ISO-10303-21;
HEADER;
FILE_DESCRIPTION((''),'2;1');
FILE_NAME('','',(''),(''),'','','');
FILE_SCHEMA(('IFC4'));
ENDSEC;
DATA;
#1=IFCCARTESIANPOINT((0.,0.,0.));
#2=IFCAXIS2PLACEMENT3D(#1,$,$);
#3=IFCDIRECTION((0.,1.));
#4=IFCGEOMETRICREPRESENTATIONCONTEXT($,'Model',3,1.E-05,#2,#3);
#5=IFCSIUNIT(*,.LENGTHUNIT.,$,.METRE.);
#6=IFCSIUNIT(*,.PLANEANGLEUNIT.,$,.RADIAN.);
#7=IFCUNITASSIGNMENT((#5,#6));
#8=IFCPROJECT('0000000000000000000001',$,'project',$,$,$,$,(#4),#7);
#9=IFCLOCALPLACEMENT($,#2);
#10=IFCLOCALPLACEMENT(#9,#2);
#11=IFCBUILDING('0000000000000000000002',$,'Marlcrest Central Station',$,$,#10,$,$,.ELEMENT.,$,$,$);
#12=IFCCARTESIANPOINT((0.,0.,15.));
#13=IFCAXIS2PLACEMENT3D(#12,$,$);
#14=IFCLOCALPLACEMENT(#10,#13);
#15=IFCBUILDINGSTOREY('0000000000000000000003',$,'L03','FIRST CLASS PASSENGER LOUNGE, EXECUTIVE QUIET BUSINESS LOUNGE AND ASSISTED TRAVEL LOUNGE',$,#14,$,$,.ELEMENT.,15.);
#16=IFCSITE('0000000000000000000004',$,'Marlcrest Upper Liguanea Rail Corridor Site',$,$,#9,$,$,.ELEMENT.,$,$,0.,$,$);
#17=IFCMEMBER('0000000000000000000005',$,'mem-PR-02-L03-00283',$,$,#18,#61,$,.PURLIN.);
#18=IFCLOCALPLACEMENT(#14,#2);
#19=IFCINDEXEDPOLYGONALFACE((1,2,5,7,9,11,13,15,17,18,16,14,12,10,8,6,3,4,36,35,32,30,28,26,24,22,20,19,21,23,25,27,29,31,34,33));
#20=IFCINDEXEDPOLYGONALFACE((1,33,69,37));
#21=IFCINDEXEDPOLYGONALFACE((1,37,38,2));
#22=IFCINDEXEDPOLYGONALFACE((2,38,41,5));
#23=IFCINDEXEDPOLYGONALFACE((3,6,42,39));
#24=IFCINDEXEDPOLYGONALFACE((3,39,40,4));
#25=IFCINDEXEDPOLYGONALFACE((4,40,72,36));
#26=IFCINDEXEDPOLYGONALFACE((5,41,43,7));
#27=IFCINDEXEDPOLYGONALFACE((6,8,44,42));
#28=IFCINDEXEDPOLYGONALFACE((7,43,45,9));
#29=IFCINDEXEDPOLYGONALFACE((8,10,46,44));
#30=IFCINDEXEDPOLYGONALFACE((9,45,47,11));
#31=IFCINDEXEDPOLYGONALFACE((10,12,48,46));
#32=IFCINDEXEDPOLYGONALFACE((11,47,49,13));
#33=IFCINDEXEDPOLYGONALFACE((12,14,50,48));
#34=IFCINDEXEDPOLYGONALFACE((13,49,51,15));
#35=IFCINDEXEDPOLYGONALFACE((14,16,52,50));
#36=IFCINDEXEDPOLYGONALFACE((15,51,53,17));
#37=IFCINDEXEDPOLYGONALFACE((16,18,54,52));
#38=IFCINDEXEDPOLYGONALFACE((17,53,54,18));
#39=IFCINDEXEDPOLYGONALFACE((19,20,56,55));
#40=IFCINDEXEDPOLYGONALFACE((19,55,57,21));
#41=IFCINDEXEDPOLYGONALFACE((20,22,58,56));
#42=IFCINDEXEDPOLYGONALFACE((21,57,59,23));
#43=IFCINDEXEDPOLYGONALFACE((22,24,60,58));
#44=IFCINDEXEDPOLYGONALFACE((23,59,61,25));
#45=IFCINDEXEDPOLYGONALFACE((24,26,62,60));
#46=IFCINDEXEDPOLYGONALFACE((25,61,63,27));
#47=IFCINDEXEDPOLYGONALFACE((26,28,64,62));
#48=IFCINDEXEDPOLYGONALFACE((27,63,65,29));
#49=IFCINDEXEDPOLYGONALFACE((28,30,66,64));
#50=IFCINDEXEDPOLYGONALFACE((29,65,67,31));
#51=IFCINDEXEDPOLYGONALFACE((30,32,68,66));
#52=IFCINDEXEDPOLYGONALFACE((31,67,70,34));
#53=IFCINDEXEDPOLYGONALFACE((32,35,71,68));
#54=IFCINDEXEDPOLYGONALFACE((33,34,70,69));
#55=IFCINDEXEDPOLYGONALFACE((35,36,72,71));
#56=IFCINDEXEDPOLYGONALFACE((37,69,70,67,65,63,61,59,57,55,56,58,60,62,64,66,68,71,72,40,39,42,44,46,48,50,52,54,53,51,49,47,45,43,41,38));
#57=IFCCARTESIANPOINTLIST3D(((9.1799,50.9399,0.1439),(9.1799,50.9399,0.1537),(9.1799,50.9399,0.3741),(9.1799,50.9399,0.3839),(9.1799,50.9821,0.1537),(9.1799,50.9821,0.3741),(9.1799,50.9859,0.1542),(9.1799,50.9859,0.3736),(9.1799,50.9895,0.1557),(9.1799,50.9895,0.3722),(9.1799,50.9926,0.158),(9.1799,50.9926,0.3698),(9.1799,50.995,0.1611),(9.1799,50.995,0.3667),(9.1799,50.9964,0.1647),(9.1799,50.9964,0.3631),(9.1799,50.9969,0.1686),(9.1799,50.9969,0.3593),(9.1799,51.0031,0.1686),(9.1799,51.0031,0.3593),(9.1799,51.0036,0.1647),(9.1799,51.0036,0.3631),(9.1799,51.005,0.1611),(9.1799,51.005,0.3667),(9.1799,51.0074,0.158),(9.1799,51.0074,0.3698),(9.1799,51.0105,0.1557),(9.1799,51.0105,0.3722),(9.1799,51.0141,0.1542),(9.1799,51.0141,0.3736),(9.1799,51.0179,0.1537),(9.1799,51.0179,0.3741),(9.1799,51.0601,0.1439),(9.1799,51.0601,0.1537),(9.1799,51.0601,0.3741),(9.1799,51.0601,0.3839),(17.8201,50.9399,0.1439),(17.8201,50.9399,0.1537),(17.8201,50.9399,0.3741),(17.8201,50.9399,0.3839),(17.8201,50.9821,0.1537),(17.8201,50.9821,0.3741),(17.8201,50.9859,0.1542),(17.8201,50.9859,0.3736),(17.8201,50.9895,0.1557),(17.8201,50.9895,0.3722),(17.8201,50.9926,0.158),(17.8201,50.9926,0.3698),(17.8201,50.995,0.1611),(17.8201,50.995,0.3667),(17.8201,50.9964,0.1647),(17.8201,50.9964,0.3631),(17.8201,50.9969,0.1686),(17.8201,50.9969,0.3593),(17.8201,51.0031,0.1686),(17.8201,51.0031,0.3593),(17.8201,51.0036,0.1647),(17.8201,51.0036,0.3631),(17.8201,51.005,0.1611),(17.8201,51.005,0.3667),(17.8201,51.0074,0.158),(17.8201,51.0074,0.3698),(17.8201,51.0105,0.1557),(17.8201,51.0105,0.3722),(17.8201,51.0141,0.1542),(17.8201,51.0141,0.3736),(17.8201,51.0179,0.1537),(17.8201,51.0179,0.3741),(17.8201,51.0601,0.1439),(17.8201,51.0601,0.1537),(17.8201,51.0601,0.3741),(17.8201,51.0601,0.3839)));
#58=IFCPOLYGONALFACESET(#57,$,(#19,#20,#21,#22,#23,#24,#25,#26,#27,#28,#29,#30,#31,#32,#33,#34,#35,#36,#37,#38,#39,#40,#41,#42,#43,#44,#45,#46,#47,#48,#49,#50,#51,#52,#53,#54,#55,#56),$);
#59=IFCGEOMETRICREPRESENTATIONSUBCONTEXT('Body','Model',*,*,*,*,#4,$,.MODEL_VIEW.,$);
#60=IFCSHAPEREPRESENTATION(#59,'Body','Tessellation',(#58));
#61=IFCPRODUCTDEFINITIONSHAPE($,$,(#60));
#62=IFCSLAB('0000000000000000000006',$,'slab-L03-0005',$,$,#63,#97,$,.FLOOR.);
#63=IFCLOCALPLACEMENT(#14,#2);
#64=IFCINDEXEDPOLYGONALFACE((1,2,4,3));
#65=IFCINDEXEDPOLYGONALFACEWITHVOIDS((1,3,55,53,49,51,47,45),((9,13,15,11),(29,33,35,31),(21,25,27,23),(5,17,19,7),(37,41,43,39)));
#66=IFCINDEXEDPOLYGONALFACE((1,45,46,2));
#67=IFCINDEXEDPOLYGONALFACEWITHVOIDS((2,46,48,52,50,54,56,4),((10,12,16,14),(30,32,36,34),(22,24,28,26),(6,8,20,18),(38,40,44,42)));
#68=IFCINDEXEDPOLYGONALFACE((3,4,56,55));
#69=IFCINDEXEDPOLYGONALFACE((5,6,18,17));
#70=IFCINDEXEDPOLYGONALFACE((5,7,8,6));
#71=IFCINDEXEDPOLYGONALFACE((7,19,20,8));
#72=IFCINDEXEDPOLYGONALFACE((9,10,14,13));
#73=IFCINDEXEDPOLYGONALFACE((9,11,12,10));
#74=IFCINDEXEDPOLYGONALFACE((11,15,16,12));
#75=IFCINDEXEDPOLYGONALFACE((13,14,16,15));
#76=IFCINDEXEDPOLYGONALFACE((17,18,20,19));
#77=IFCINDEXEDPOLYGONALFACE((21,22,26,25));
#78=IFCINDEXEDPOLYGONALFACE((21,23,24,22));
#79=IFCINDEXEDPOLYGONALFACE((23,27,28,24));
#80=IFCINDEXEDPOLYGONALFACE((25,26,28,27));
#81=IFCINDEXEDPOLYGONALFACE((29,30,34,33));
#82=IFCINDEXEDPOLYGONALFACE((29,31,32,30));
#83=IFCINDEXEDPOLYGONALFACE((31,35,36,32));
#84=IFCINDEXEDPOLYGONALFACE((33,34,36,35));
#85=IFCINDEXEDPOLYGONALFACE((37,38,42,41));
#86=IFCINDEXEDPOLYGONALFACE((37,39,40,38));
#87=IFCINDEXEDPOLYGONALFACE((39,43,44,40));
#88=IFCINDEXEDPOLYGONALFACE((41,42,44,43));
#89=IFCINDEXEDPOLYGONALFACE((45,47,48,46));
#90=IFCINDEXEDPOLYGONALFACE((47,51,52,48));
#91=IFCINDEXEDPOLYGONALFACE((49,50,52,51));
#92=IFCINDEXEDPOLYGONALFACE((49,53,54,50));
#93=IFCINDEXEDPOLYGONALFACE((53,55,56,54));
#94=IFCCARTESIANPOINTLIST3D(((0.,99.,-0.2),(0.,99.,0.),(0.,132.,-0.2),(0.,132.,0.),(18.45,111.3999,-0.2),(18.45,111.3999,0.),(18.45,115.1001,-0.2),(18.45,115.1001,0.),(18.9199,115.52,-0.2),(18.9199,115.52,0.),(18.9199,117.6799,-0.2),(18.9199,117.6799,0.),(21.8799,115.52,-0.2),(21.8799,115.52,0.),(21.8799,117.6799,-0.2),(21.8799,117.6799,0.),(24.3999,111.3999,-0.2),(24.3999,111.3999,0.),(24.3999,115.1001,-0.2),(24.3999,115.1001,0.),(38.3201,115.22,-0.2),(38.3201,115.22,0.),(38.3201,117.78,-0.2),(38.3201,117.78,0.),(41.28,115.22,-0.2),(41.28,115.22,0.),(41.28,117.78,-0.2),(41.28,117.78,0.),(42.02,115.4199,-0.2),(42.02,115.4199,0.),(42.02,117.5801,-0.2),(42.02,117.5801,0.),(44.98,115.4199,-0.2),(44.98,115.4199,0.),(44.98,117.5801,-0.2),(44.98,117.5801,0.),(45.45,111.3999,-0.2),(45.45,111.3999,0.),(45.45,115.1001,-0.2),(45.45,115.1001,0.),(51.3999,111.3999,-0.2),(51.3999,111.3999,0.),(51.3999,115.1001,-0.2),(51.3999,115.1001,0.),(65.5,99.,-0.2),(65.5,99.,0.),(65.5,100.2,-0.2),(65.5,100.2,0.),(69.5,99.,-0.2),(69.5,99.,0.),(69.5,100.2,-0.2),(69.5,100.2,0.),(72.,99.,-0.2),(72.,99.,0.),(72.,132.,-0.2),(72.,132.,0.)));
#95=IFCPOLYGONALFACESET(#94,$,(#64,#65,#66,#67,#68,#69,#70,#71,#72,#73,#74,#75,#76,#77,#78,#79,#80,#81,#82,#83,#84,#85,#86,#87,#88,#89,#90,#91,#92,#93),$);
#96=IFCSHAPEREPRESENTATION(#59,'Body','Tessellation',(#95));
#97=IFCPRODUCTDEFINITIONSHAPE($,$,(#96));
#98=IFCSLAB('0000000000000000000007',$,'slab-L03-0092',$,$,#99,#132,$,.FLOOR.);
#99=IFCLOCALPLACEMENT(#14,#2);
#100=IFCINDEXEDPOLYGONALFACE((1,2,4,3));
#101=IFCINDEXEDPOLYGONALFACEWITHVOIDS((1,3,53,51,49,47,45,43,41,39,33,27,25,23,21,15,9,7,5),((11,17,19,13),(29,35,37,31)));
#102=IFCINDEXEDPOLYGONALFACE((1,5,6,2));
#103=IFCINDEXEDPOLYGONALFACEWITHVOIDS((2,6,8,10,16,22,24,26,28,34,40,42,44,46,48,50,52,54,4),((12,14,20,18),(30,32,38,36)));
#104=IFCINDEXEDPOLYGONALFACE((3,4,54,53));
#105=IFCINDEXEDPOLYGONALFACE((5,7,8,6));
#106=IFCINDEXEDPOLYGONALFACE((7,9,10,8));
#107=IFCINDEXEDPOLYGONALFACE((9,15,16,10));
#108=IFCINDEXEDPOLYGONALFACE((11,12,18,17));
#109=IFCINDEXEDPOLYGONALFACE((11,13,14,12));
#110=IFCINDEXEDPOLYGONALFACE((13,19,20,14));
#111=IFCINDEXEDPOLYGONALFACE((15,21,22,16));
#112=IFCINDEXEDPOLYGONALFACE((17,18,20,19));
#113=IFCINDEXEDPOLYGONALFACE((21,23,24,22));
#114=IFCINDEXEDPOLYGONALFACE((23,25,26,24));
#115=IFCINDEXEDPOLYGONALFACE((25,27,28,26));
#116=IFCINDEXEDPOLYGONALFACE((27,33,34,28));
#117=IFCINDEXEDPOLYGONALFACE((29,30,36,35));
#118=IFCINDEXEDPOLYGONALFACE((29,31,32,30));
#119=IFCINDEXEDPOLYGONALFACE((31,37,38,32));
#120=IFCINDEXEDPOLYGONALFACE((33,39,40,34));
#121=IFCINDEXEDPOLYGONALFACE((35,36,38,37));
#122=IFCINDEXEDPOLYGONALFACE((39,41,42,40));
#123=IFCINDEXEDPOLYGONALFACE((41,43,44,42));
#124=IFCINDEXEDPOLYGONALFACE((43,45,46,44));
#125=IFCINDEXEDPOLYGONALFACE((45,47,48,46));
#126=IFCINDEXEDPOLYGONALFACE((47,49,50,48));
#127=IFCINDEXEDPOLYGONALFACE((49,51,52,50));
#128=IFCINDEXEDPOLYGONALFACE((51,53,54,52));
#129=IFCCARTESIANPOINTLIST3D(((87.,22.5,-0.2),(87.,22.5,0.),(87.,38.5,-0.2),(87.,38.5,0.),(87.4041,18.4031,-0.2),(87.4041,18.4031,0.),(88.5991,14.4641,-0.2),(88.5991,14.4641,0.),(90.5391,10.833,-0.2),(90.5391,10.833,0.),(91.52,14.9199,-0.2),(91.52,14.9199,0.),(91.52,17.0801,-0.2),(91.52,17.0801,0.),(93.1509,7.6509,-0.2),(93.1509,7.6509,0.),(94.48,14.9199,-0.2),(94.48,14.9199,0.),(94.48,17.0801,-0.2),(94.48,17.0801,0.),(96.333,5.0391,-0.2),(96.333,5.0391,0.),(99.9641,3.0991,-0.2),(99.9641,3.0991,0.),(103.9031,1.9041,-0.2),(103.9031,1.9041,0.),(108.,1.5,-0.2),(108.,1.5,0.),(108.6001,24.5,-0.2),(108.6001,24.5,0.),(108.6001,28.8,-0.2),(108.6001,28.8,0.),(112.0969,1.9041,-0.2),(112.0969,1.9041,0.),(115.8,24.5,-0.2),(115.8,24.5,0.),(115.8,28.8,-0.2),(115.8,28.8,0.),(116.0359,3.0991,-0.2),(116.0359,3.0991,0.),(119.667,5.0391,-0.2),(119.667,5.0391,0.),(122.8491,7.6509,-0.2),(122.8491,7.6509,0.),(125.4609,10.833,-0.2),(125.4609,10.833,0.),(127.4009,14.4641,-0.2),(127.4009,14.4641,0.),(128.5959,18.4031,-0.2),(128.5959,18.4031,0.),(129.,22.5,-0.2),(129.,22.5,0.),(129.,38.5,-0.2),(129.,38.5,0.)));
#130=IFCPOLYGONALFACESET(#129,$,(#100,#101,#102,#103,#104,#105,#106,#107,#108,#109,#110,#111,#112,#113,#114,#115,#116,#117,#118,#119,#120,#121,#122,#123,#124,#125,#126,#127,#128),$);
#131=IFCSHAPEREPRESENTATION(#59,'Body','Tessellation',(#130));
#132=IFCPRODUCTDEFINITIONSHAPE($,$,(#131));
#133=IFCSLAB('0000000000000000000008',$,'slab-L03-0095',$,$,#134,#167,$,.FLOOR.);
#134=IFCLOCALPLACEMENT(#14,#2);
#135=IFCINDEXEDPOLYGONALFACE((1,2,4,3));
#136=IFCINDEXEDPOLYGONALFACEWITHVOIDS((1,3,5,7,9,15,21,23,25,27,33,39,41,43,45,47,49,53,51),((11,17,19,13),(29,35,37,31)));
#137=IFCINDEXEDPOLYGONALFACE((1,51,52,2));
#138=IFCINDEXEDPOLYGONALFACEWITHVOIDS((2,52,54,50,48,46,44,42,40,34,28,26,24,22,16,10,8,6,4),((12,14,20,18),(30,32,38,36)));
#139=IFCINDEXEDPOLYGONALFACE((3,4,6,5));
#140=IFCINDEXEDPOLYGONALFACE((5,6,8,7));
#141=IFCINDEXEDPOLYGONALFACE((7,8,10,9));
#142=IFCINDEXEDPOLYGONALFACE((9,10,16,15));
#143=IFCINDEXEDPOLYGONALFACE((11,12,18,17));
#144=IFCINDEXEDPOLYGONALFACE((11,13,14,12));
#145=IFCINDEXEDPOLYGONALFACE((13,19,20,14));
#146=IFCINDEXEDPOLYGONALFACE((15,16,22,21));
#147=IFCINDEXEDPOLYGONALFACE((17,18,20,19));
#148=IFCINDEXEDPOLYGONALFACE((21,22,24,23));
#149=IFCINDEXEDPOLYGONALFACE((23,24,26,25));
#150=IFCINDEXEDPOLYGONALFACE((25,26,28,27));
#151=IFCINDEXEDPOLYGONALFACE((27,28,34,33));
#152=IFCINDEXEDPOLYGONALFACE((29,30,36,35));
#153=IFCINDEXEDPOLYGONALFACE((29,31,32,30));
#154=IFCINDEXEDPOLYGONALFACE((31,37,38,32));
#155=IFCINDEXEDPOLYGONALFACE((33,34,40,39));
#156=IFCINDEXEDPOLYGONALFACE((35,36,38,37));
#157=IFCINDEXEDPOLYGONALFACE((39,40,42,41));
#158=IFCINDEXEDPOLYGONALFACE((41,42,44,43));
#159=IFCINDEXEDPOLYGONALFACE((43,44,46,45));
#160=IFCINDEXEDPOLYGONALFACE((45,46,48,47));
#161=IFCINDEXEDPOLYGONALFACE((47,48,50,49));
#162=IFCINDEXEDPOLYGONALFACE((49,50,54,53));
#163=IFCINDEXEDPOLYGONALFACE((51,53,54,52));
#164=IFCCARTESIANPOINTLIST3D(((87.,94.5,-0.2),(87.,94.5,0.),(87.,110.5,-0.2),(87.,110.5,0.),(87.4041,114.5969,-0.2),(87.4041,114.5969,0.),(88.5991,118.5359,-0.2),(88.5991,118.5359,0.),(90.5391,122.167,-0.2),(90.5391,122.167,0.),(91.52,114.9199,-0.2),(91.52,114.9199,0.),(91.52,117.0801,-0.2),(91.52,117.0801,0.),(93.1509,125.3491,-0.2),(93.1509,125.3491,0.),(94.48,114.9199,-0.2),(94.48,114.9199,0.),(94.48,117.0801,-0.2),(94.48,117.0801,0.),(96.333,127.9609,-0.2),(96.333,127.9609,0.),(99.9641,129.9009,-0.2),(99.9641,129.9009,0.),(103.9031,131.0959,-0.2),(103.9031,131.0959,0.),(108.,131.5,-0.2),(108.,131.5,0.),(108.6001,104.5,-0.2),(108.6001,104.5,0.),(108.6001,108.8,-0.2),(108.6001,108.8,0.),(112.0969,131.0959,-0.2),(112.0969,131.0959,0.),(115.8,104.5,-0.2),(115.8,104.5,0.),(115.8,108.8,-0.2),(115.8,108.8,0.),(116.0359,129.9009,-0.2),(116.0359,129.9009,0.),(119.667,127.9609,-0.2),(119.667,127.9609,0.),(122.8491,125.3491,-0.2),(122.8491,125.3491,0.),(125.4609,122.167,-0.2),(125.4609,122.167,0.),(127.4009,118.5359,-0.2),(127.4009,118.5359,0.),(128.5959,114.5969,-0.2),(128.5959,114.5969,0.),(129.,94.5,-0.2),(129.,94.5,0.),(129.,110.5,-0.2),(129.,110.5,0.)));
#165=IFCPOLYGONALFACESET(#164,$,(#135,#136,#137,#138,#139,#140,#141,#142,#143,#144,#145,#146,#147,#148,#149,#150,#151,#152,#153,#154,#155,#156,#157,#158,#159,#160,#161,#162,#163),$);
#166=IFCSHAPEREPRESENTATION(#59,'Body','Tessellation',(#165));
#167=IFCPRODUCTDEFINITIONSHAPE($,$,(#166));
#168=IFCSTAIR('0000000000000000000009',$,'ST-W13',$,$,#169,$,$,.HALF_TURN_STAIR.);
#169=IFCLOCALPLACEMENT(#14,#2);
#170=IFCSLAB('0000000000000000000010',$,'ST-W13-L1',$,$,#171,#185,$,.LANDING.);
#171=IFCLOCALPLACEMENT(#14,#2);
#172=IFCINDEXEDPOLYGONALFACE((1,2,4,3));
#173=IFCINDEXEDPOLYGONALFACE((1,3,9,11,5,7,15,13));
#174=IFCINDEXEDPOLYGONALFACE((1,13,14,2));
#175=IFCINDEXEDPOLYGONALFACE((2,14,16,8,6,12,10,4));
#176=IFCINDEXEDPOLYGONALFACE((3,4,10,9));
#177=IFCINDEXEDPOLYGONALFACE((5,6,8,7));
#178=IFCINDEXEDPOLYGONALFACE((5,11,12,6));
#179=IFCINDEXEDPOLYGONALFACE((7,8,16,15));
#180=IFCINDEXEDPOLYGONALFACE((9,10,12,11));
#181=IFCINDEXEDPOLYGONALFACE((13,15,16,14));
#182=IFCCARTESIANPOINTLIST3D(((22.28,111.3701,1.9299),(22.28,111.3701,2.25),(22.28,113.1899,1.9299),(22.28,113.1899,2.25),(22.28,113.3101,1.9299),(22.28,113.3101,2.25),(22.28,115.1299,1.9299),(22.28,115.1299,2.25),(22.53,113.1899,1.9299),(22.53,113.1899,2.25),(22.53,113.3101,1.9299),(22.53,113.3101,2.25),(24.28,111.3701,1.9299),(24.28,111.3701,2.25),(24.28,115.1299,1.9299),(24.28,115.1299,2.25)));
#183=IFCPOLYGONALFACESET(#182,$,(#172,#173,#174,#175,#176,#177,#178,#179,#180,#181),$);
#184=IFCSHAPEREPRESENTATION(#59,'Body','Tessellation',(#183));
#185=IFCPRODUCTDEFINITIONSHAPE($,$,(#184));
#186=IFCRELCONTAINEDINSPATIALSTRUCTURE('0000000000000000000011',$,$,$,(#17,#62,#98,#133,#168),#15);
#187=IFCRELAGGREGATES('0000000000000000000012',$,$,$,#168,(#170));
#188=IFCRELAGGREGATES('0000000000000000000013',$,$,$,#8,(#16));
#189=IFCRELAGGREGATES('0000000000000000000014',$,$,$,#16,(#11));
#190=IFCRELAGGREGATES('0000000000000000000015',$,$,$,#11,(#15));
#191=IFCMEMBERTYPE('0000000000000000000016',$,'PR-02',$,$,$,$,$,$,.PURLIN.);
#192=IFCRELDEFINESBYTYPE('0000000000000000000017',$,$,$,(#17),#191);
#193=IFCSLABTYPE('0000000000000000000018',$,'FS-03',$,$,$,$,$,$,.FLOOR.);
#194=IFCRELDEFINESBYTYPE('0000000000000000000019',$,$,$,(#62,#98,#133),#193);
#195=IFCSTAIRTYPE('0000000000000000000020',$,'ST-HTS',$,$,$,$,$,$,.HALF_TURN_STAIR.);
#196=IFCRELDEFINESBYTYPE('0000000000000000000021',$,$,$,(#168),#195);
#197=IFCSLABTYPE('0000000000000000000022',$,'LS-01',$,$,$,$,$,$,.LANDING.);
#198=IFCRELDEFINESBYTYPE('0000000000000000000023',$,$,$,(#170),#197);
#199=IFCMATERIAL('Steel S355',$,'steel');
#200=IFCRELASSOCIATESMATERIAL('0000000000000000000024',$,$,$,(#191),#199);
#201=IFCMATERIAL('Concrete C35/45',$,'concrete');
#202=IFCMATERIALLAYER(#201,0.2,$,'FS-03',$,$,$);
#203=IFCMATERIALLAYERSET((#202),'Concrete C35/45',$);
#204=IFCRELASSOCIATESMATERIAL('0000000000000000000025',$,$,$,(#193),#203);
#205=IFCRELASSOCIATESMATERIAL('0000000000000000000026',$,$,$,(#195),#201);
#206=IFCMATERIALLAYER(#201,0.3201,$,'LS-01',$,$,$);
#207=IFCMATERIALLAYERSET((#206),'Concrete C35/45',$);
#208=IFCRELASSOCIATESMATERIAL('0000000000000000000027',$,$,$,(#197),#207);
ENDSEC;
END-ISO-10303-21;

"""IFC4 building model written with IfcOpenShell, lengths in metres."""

from ifc_helpers import new_model, si_unit, direction, frame, origin, origin_2d, place, context, subcontext, project, spatial, polyline, i_section, outline, extrude, material, layer, layer_set, material_profile, profile_set, type_object, element, aggregate, save


model = new_model("IFC4")

# Units and contexts
model_context = context("Model", 3, precision=1e-05, world=origin(), true_north=direction((0.0, 1.0)))
body_context = subcontext(model_context, "Body", "Model", "MODEL_VIEW")
ifc_project = project(units=[si_unit("LENGTHUNIT", "METRE"), si_unit("PLANEANGLEUNIT", "RADIAN")], contexts=[model_context])

# Site, building, storey
site_placement = place(None, origin())
site = spatial("IfcSite", under=ifc_project, at=site_placement, Name="Marlcrest Upper Liguanea Rail Corridor Site", CompositionType="ELEMENT", RefElevation=0.0)
building_placement = place(site_placement, origin())
building = spatial("IfcBuilding", under=site, at=building_placement, Name="Marlcrest Central Station", CompositionType="ELEMENT")
storey_placement = place(building_placement, frame((0.0, 0.0, 15.0)))
storey = spatial("IfcBuildingStorey", under=building, at=storey_placement, Name="L03", Description="FIRST CLASS PASSENGER LOUNGE, EXECUTIVE QUIET BUSINESS LOUNGE AND ASSISTED TRAVEL LOUNGE", CompositionType="ELEMENT", Elevation=15.0)

# Member
ifc_material_1 = material(Name="Steel S355", Category="steel")
ifc_material_profile_1 = material_profile(ifc_material_1, i_section(OverallWidth=0.1201, OverallDepth=0.24, WebThickness=0.0061, FlangeThickness=0.0098, FilletRadius=0.0149, at=origin_2d()), Name="IPE 240")
ifc_profile_set_1 = profile_set([ifc_material_profile_1], Name="Steel S355")
member_type_1 = type_object("IfcMemberType", Name="PR-02", PredefinedType="PURLIN", material=ifc_profile_set_1)
for number, where, z_axis, x_axis, name in (
    (1, (9.1799, 51.0, 0.2639), (1.0, 0.0, 0.0), (0.0, 1.0, 0.0), "mem-PR-02-L03-00283"),
):
    element("IfcMember", number, at=place(storey_placement, frame(where, z_axis=z_axis, x_axis=x_axis)), inside=storey, type_object=member_type_1, Name=name, PredefinedType="PURLIN", context=body_context, shape_type="SweptSolid", body=[
        extrude(i_section(OverallWidth=0.1201, OverallDepth=0.24, WebThickness=0.0061, FlangeThickness=0.0098, FilletRadius=0.0149, at=origin_2d()), origin(), (0.0, 0.0, 1.0), 8.6401),
    ])

# Slabs
ifc_material_2 = material(Name="Concrete C35/45", Category="concrete")
ifc_layer_1 = layer(ifc_material_2, 0.2, Name="FS-03")
ifc_layer_set_1 = layer_set([ifc_layer_1], Name="Concrete C35/45")
slab_type_1 = type_object("IfcSlabType", Name="FS-03", PredefinedType="FLOOR", material=ifc_layer_set_1)
slab_1_placement = place(storey_placement, frame((0.0, 0.0, -0.2)))
element("IfcSlab", 2, at=slab_1_placement, inside=storey, type_object=slab_type_1, Name="slab-L03-0005", PredefinedType="FLOOR", context=body_context, shape_type="SweptSolid", body=[
    extrude(outline(polyline([(0.0, 99.0), (65.5, 99.0), (65.5, 100.2), (69.5, 100.2), (69.5, 99.0), (72.0, 99.0), (72.0, 132.0), (0.0, 132.0), (0.0, 99.0)]), holes=[polyline([(18.45, 111.3999), (24.3999, 111.3999), (24.3999, 115.1001), (18.45, 115.1001), (18.45, 111.3999)]), polyline([(18.9199, 115.52), (21.8799, 115.52), (21.8799, 117.6799), (18.9199, 117.6799), (18.9199, 115.52)]), polyline([(45.45, 111.3999), (51.3999, 111.3999), (51.3999, 115.1001), (45.45, 115.1001), (45.45, 111.3999)]), polyline([(42.02, 115.4199), (44.98, 115.4199), (44.98, 117.5801), (42.02, 117.5801), (42.02, 115.4199)]), polyline([(38.3201, 115.22), (41.28, 115.22), (41.28, 117.78), (38.3201, 117.78), (38.3201, 115.22)])]), origin(), (0.0, 0.0, 1.0), 0.2),
])
slab_2_placement = place(storey_placement, frame((0.0, 0.0, -0.2)))
element("IfcSlab", 3, at=slab_2_placement, inside=storey, type_object=slab_type_1, Name="slab-L03-0092", PredefinedType="FLOOR", context=body_context, shape_type="SweptSolid", body=[
    extrude(outline(polyline([(87.0, 22.5), (87.4041, 18.4031), (88.5991, 14.4641), (90.5391, 10.833), (93.1509, 7.6509), (96.333, 5.0391), (99.9641, 3.0991), (103.9031, 1.9041), (108.0, 1.5), (112.0969, 1.9041), (116.0359, 3.0991), (119.667, 5.0391), (122.8491, 7.6509), (125.4609, 10.833), (127.4009, 14.4641), (128.5959, 18.4031), (129.0, 22.5), (129.0, 38.5), (87.0, 38.5), (87.0, 22.5)]), holes=[polyline([(108.6001, 24.5), (115.8, 24.5), (115.8, 28.8), (108.6001, 28.8), (108.6001, 24.5)]), polyline([(91.52, 14.9199), (94.48, 14.9199), (94.48, 17.0801), (91.52, 17.0801), (91.52, 14.9199)])]), origin(), (0.0, 0.0, 1.0), 0.2),
])
slab_3_placement = place(storey_placement, frame((0.0, 0.0, -0.2)))
element("IfcSlab", 4, at=slab_3_placement, inside=storey, type_object=slab_type_1, Name="slab-L03-0095", PredefinedType="FLOOR", context=body_context, shape_type="SweptSolid", body=[
    extrude(outline(polyline([(87.0, 94.5), (129.0, 94.5), (129.0, 110.5), (128.5959, 114.5969), (127.4009, 118.5359), (125.4609, 122.167), (122.8491, 125.3491), (119.667, 127.9609), (116.0359, 129.9009), (112.0969, 131.0959), (108.0, 131.5), (103.9031, 131.0959), (99.9641, 129.9009), (96.333, 127.9609), (93.1509, 125.3491), (90.5391, 122.167), (88.5991, 118.5359), (87.4041, 114.5969), (87.0, 110.5), (87.0, 94.5)]), holes=[polyline([(108.6001, 104.5), (115.8, 104.5), (115.8, 108.8), (108.6001, 108.8), (108.6001, 104.5)]), polyline([(91.52, 114.9199), (94.48, 114.9199), (94.48, 117.0801), (91.52, 117.0801), (91.52, 114.9199)])]), origin(), (0.0, 0.0, 1.0), 0.2),
])

# Stair, slab
stair_type = type_object("IfcStairType", Name="ST-HTS", PredefinedType="HALF_TURN_STAIR", material=ifc_material_2)
stair_1_placement = place(storey_placement, origin())
stair_1 = element("IfcStair", 5, at=stair_1_placement, inside=storey, type_object=stair_type, Name="ST-W13", PredefinedType="HALF_TURN_STAIR")
ifc_layer_2 = layer(ifc_material_2, 0.3201, Name="LS-01")
ifc_layer_set_2 = layer_set([ifc_layer_2], Name="Concrete C35/45")
slab_type_2 = type_object("IfcSlabType", Name="LS-01", PredefinedType="LANDING", material=ifc_layer_set_2)
slab_4_placement = place(storey_placement, frame((0.0, 0.0, 1.9299)))
slab_4 = element("IfcSlab", 6, at=slab_4_placement, type_object=slab_type_2, Name="ST-W13-L1", PredefinedType="LANDING", context=body_context, shape_type="SweptSolid", body=[
    extrude(outline(polyline([(22.28, 111.3701), (24.28, 111.3701), (24.28, 115.1299), (22.28, 115.1299), (22.28, 113.3101), (22.53, 113.3101), (22.53, 113.1899), (22.28, 113.1899), (22.28, 111.3701)])), origin(), (0.0, 0.0, 1.0), 0.3201),
])
aggregate(stair_1, [slab_4])

save(model, "model.ifc")
